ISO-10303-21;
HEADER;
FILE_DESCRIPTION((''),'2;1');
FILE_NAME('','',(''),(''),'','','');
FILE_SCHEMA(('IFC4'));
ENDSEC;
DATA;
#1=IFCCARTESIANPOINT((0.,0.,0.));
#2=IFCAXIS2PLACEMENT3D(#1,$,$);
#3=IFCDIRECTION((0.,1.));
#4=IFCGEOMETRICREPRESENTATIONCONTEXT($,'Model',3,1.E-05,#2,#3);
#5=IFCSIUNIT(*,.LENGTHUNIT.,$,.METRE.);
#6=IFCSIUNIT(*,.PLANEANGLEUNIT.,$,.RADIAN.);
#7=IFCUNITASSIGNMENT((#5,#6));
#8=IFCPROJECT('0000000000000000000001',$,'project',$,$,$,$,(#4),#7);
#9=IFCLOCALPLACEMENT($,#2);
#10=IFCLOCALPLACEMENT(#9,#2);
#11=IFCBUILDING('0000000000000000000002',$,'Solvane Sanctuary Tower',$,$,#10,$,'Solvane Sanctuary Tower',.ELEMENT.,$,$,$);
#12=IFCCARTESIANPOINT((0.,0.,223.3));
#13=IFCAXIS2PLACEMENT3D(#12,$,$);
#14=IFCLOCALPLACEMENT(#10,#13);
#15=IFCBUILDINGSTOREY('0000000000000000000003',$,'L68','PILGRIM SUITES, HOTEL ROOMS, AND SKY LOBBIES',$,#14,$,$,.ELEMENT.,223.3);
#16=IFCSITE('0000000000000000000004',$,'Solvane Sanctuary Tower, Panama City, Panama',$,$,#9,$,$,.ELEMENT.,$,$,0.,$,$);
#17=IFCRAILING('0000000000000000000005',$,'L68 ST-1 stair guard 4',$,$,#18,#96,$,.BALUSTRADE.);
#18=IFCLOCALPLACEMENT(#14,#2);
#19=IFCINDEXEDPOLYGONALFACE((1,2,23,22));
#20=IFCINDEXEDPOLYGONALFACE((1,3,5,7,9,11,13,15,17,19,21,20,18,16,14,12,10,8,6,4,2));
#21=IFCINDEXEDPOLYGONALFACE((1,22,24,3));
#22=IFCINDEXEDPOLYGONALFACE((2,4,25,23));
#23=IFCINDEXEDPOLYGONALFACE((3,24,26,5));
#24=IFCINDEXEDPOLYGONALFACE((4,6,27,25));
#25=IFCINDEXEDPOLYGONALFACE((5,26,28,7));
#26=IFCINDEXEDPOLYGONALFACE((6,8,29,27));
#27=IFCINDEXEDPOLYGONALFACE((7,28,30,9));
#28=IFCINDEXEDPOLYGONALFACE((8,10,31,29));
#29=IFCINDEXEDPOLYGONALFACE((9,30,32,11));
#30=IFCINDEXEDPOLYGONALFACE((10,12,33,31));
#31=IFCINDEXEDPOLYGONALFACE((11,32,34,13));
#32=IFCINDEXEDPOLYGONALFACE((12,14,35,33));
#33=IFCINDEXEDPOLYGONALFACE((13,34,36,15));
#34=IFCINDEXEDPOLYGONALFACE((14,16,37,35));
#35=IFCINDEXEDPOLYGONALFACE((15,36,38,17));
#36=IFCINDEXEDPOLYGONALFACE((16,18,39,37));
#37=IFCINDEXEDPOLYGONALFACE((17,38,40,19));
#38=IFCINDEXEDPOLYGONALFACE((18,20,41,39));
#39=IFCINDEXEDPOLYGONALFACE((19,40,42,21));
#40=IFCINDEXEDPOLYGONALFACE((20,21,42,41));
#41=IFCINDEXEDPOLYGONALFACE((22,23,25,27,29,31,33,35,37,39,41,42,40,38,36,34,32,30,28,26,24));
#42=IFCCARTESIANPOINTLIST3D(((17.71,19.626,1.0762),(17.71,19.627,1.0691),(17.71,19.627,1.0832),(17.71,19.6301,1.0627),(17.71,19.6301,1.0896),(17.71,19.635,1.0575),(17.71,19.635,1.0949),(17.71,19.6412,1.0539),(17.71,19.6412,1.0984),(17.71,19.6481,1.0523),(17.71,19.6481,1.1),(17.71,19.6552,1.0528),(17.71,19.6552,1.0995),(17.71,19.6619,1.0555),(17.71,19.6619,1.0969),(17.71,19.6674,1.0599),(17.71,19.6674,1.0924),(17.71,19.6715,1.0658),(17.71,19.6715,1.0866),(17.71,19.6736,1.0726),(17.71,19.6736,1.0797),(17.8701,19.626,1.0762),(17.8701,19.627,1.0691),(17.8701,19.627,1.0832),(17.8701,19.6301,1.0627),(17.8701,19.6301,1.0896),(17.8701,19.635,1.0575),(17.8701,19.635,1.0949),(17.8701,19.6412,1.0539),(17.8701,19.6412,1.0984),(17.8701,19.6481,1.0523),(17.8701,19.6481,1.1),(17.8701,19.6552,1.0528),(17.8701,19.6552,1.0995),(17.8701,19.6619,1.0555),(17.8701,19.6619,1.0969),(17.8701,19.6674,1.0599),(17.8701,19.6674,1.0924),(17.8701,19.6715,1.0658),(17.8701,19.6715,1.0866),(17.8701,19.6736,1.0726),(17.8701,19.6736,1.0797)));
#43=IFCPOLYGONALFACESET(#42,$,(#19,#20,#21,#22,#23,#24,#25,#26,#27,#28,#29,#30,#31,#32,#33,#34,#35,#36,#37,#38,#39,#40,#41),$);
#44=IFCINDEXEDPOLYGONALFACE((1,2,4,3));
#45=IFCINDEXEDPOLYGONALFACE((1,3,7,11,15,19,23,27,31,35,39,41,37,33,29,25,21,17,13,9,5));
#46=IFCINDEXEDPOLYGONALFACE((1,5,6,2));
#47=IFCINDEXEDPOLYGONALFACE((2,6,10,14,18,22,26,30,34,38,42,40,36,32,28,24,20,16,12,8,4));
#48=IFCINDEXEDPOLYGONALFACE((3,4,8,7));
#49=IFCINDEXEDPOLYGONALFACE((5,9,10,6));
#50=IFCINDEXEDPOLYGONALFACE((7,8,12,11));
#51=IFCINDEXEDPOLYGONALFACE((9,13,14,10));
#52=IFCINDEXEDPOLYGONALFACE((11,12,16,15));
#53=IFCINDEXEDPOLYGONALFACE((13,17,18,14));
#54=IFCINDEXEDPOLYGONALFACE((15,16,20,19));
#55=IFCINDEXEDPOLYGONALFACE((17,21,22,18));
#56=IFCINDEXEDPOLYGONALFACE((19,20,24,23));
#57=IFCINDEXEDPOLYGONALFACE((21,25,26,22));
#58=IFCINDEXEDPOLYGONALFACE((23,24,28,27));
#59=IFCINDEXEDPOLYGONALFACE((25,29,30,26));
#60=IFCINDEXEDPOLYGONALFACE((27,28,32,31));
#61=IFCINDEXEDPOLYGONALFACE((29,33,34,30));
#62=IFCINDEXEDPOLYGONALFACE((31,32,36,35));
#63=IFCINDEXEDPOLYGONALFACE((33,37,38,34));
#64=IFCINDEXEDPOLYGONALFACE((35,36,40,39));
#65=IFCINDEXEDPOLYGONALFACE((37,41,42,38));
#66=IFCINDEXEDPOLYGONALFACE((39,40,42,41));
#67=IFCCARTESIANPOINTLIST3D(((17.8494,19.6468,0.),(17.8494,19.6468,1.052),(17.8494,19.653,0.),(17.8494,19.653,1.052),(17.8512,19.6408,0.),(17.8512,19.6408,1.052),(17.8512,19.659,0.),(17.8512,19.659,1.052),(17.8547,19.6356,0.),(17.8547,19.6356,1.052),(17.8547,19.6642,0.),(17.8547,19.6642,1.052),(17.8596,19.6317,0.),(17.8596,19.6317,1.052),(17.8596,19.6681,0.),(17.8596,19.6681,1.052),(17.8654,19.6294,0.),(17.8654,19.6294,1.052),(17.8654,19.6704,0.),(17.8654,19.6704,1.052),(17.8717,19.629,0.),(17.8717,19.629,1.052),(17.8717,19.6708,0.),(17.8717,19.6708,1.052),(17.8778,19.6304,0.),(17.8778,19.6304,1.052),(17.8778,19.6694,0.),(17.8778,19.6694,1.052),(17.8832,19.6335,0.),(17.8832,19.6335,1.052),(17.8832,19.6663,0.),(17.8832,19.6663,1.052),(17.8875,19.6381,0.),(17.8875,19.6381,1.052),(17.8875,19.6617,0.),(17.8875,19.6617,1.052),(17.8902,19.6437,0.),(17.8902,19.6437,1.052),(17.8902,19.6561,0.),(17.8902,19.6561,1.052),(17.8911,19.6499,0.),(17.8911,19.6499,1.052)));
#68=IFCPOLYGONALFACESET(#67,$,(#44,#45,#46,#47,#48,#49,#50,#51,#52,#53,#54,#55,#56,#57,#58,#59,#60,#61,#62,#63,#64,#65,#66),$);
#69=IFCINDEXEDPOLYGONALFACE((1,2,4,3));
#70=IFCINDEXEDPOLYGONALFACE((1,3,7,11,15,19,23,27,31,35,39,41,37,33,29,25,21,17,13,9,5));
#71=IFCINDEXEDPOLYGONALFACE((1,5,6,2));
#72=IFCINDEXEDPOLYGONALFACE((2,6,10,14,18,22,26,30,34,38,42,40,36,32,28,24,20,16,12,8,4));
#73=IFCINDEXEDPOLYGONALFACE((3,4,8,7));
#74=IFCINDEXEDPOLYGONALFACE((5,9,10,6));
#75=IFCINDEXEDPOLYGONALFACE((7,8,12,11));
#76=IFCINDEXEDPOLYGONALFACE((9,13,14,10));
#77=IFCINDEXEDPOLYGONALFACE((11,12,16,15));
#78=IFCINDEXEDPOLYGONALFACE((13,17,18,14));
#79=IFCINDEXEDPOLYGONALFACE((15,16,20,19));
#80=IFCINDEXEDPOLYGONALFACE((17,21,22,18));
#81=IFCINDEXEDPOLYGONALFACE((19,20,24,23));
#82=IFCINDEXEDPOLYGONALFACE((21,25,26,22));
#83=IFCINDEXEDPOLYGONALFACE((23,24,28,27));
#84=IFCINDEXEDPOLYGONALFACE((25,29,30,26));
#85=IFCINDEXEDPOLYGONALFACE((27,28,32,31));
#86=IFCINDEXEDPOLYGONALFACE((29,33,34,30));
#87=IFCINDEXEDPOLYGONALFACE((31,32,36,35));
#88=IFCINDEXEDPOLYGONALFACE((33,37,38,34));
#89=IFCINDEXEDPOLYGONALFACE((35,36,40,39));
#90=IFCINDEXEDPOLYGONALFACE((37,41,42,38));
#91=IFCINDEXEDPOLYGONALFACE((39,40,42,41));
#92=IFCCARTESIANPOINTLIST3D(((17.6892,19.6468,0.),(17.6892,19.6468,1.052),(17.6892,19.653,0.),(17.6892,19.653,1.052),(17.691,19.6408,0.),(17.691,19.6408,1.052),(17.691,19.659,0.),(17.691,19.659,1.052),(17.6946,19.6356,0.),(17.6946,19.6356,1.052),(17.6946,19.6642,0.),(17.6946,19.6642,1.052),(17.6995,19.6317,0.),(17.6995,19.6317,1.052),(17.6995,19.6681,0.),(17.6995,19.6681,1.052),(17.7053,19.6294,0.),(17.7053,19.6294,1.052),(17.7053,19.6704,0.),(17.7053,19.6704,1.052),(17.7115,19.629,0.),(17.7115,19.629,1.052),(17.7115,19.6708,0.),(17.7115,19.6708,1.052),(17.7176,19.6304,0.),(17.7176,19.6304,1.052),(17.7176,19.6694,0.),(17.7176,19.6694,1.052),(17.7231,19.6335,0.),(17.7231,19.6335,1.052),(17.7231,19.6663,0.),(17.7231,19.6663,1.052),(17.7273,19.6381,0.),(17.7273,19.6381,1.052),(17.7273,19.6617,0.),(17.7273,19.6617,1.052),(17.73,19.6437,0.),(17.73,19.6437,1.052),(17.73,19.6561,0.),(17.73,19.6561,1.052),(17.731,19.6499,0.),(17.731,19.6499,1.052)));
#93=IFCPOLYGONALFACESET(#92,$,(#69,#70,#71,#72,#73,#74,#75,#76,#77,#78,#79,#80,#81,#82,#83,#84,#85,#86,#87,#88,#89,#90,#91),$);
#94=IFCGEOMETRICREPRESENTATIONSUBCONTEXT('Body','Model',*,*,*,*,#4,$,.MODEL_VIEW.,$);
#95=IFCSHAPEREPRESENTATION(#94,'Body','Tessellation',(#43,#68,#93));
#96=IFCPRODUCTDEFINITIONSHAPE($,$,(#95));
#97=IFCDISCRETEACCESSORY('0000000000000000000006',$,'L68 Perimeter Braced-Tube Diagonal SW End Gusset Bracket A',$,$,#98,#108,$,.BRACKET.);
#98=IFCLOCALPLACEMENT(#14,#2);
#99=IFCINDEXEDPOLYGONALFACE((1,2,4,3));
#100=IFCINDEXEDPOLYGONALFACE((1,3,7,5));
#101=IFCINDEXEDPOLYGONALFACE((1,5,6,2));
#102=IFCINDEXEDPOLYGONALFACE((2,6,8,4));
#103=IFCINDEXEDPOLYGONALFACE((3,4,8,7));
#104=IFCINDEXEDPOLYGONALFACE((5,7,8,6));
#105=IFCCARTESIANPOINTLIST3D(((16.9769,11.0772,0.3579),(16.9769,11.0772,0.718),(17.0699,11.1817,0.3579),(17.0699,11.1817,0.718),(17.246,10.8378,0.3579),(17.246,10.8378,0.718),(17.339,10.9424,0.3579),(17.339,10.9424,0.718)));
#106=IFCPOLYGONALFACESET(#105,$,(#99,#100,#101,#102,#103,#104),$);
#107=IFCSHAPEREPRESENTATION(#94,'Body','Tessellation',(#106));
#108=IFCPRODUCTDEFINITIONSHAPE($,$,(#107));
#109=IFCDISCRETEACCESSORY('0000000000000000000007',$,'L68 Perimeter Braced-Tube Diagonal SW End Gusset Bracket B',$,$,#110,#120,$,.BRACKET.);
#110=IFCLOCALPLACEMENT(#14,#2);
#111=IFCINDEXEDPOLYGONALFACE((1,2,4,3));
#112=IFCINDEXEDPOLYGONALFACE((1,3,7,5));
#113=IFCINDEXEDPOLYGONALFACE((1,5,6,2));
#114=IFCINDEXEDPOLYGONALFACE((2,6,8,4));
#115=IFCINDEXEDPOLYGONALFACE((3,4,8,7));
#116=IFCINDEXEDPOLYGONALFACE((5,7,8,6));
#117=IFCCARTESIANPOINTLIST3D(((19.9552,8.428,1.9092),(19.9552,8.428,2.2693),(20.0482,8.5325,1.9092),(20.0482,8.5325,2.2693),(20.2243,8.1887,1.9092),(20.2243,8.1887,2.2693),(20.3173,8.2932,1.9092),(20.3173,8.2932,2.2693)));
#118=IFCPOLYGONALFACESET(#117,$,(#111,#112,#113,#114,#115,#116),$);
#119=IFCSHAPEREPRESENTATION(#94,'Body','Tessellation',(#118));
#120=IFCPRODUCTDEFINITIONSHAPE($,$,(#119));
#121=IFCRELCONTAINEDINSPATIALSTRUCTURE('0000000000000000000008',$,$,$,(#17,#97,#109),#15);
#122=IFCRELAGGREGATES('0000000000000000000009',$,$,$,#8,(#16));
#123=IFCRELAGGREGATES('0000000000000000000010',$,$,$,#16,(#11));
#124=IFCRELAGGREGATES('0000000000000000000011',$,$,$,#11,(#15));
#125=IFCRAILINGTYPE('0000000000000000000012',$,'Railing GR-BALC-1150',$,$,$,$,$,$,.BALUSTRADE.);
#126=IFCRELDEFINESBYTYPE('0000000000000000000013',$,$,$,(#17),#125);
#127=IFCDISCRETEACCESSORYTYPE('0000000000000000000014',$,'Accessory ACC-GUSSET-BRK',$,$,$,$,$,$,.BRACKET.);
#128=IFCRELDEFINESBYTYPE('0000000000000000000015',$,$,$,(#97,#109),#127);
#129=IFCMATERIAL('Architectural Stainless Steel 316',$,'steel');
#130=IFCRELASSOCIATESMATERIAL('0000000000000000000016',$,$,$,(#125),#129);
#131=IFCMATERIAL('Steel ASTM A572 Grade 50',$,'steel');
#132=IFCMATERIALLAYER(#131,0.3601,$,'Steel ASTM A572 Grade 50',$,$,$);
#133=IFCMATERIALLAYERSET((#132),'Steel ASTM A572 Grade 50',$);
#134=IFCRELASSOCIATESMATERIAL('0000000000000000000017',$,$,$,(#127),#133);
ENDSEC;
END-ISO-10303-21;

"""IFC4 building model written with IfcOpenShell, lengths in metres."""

from ifc_helpers import new_model, si_unit, direction, frame, origin, origin_2d, place, context, subcontext, project, spatial, rectangle, circle, extrude, material, layer, layer_set, type_object, element, save


model = new_model("IFC4")

# Units and contexts
model_context = context("Model", 3, precision=1e-05, world=origin(), true_north=direction((0.0, 1.0)))
body_context = subcontext(model_context, "Body", "Model", "MODEL_VIEW")
ifc_project = project(units=[si_unit("LENGTHUNIT", "METRE"), si_unit("PLANEANGLEUNIT", "RADIAN")], contexts=[model_context])

# Site, building, storey
site_placement = place(None, origin())
site = spatial("IfcSite", under=ifc_project, at=site_placement, Name="Solvane Sanctuary Tower, Panama City, Panama", CompositionType="ELEMENT", RefElevation=0.0)
building_placement = place(site_placement, origin())
building = spatial("IfcBuilding", under=site, at=building_placement, Name="Solvane Sanctuary Tower", LongName="Solvane Sanctuary Tower", CompositionType="ELEMENT")
storey_placement = place(building_placement, frame((0.0, 0.0, 223.3)))
storey = spatial("IfcBuildingStorey", under=building, at=storey_placement, Name="L68", Description="PILGRIM SUITES, HOTEL ROOMS, AND SKY LOBBIES", CompositionType="ELEMENT", Elevation=223.3)

# Shared definitions
ifc_material_1 = material(Name="Architectural Stainless Steel 316", Category="steel")

# Railing
railing_type = type_object("IfcRailingType", Name="Railing GR-BALC-1150", PredefinedType="BALUSTRADE", material=ifc_material_1)
railing_1_placement = place(storey_placement, frame((17.8701, 19.6499, 0.0)))
element("IfcRailing", 1, at=railing_1_placement, inside=storey, type_object=railing_type, Name="L68 ST-1 stair guard 4", PredefinedType="BALUSTRADE", context=body_context, shape_type="SweptSolid", body=[
    extrude(circle(Radius=0.0239, at=origin_2d()), frame((0.0, 0.0, 1.0762), z_axis=(-1.0, 0.0, 0.0), x_axis=(0.0, -1.0, 0.0)), (0.0, 0.0, 1.0), 0.1602),
    extrude(circle(Radius=0.021, at=origin_2d()), origin(), (0.0, 0.0, 1.0), 1.052),
    extrude(circle(Radius=0.021, at=origin_2d()), frame((-0.1602, 0.0, 0.0)), (0.0, 0.0, 1.0), 1.052),
])

# Discrete accessories
ifc_material_2 = material(Name="Steel ASTM A572 Grade 50", Category="steel")
ifc_layer_1 = layer(ifc_material_2, 0.3601, Name="Steel ASTM A572 Grade 50")
ifc_layer_set_1 = layer_set([ifc_layer_1], Name="Steel ASTM A572 Grade 50")
discrete_accessory_type = type_object("IfcDiscreteAccessoryType", Name="Accessory ACC-GUSSET-BRK", PredefinedType="BRACKET", material=ifc_layer_set_1)
for number, where, z_axis, x_axis, name in (
    (2, (17.158, 11.0098, 0.3579), (0.0, 0.0, 1.0), (0.747218, -0.664579, 0.0), "L68 Perimeter Braced-Tube Diagonal SW End Gusset Bracket A"),
    (3, (20.1362, 8.3606, 1.9092), (0.0, 0.0, 1.0), (0.747218, -0.664579, 0.0), "L68 Perimeter Braced-Tube Diagonal SW End Gusset Bracket B"),
):
    element("IfcDiscreteAccessory", number, at=place(storey_placement, frame(where, z_axis=z_axis, x_axis=x_axis)), inside=storey, type_object=discrete_accessory_type, Name=name, PredefinedType="BRACKET", context=body_context, shape_type="SweptSolid", body=[
        extrude(rectangle(XDim=0.3601, YDim=0.1399, at=origin_2d()), origin(), (0.0, 0.0, 1.0), 0.3601),
    ])

save(model, "model.ifc")
